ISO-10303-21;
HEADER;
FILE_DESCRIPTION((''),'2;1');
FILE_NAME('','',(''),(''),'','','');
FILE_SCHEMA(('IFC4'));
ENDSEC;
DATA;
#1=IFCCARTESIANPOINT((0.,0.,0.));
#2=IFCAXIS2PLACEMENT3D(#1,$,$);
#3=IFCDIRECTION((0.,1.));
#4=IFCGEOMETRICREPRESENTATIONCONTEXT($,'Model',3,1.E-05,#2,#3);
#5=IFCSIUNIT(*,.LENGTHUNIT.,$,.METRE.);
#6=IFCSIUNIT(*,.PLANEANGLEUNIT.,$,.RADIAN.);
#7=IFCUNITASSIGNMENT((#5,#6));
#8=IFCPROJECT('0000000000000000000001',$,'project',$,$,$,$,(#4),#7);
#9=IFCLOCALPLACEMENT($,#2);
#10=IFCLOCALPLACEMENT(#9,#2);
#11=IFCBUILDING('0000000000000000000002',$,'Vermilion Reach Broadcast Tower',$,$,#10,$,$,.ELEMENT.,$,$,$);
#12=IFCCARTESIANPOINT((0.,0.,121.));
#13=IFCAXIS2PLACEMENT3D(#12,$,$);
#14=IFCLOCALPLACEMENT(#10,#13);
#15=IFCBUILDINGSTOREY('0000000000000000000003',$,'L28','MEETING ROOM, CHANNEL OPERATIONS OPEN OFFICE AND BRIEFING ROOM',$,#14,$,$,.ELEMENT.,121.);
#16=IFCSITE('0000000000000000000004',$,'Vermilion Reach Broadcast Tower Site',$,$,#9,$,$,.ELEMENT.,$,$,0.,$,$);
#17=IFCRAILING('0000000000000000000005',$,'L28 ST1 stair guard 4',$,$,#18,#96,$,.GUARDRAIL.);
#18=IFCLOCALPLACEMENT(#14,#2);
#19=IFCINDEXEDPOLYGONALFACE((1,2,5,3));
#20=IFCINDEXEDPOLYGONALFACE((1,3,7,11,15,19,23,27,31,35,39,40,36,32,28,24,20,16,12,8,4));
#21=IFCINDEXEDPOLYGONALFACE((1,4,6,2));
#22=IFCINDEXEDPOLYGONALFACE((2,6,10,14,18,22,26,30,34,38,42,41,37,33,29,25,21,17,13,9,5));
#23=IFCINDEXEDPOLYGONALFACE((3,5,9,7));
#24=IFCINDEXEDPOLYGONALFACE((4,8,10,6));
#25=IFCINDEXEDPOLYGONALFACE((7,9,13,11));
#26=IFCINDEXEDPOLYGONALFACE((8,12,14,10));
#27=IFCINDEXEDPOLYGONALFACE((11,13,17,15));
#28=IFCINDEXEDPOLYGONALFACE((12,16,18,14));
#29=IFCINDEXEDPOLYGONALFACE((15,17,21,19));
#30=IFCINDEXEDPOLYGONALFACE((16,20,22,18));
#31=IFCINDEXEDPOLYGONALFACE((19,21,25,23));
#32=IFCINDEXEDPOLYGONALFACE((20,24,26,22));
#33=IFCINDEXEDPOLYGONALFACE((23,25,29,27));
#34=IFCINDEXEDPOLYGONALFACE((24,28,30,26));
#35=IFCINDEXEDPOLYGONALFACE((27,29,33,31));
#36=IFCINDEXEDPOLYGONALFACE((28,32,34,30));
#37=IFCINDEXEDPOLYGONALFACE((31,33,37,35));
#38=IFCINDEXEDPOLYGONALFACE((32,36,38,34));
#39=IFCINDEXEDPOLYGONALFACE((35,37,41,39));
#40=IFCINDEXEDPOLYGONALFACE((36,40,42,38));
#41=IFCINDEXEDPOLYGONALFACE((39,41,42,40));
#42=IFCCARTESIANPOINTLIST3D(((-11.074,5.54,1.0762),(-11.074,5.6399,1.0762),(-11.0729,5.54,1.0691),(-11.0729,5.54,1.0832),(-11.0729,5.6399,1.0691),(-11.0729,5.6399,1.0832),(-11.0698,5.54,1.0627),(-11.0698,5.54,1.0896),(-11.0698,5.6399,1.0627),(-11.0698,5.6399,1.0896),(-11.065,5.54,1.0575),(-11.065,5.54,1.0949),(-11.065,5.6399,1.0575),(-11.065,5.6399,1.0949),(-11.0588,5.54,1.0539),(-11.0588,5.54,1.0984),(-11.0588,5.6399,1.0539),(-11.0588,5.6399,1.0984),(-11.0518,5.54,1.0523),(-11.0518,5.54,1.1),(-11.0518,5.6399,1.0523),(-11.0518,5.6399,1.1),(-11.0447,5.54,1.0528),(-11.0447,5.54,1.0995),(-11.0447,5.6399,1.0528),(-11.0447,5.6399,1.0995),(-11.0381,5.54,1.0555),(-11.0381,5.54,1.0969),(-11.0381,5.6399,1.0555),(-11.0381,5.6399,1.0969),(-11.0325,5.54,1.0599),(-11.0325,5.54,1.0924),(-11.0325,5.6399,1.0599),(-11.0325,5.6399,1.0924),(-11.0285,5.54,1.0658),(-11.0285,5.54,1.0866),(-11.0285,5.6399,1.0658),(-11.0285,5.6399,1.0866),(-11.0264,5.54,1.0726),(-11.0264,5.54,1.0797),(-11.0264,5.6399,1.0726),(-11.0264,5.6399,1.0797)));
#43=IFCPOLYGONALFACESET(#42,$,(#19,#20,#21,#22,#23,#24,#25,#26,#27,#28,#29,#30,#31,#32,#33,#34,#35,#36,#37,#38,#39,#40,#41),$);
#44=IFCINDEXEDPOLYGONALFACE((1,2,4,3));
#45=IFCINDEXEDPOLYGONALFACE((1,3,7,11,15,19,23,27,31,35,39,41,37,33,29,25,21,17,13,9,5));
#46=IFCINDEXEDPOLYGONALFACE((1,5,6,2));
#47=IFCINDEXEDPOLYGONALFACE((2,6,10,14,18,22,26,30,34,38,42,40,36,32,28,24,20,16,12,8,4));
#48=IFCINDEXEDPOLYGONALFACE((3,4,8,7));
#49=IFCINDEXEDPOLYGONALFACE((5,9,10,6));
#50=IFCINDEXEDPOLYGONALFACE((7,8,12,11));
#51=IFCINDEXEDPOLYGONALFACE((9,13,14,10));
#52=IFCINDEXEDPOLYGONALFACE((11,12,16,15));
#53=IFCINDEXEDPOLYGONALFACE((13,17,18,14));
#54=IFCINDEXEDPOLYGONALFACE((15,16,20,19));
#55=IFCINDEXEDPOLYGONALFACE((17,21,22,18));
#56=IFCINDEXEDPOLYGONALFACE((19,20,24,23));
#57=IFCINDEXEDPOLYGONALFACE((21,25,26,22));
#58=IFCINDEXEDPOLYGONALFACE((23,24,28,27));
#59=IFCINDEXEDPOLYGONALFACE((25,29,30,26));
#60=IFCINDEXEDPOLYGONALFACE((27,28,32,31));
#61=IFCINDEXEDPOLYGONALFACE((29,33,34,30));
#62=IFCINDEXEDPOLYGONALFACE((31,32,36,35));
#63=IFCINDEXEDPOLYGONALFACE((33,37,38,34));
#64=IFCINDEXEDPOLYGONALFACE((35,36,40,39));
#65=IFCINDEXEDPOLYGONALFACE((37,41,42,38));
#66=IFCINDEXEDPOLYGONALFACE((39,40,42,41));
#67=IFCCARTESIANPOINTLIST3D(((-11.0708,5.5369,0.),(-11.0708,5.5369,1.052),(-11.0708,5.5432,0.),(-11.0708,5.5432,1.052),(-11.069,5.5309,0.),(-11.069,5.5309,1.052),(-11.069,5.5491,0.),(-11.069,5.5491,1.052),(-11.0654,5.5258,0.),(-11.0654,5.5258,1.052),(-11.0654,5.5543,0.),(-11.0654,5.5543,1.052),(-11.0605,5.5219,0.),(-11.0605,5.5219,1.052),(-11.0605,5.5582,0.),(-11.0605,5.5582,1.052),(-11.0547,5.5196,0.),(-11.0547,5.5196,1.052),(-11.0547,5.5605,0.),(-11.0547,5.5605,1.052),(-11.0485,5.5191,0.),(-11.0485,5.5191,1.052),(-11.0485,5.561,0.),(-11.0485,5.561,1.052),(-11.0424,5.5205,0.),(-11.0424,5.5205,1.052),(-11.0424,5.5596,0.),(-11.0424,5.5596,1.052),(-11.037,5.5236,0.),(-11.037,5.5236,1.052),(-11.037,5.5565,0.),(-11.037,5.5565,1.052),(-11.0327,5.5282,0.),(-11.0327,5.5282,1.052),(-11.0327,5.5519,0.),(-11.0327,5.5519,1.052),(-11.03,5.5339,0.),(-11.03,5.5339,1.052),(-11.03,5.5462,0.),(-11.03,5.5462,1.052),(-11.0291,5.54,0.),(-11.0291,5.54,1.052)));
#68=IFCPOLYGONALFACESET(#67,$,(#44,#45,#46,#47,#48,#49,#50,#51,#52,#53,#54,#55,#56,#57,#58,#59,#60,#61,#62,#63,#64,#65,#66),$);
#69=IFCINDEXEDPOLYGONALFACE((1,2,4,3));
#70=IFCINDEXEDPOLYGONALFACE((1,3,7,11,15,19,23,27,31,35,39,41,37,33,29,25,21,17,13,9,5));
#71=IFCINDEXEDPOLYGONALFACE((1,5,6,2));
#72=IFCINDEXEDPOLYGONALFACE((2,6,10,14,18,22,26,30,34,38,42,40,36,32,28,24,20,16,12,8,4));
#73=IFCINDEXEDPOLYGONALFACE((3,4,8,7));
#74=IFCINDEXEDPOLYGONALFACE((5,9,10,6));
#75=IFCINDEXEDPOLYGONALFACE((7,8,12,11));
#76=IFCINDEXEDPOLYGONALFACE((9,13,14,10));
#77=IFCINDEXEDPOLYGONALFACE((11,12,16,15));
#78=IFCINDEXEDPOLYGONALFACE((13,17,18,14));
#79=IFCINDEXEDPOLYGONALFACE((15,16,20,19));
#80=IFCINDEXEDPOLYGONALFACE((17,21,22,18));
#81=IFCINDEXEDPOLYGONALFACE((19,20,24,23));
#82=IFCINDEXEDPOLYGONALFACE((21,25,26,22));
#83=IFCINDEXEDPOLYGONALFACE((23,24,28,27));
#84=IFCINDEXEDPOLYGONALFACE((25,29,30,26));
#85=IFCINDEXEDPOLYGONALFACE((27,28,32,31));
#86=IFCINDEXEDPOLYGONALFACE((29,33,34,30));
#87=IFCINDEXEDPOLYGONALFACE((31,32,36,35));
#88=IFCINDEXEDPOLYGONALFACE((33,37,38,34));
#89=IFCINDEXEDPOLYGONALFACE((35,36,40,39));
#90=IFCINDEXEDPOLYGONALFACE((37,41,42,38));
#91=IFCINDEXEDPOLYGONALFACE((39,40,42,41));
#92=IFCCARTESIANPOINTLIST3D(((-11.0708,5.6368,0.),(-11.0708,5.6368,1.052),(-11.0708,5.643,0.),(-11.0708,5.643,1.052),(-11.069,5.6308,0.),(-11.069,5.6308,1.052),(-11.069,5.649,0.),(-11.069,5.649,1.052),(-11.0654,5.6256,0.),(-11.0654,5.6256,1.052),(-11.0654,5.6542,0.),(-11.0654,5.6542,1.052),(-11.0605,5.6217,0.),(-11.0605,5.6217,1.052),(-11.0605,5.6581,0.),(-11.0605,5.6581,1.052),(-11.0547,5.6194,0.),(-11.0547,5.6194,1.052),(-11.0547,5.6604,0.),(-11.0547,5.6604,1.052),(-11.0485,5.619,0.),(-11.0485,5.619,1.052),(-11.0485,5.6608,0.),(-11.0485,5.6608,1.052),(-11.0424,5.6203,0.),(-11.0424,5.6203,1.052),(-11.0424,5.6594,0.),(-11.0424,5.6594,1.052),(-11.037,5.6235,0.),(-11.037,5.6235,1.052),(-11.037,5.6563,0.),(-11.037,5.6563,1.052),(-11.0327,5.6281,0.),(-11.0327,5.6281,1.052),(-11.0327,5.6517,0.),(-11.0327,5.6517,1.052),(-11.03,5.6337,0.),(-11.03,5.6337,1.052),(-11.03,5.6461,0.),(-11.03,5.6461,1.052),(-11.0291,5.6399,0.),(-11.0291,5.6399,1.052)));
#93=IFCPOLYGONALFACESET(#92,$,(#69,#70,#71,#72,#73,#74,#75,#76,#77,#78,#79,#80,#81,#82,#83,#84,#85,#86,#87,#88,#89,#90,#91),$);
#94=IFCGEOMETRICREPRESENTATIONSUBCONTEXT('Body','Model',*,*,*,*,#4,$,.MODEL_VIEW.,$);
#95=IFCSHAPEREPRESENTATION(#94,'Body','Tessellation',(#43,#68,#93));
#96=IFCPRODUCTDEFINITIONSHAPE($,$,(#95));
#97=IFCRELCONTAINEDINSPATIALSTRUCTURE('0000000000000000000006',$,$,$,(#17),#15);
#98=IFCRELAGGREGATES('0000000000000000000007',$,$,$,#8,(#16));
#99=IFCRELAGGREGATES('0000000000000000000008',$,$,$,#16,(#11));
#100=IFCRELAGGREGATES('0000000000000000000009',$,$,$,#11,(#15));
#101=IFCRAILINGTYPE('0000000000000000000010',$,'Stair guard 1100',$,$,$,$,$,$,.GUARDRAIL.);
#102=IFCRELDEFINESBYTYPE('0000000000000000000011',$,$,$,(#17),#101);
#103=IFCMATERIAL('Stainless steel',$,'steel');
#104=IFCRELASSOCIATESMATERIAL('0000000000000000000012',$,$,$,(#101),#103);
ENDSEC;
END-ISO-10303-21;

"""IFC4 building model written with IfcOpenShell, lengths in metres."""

from ifc_helpers import new_model, si_unit, direction, frame, origin, origin_2d, place, context, subcontext, project, spatial, circle, extrude, material, type_object, element, save


model = new_model("IFC4")

# Units and contexts
model_context = context("Model", 3, precision=1e-05, world=origin(), true_north=direction((0.0, 1.0)))
body_context = subcontext(model_context, "Body", "Model", "MODEL_VIEW")
ifc_project = project(units=[si_unit("LENGTHUNIT", "METRE"), si_unit("PLANEANGLEUNIT", "RADIAN")], contexts=[model_context])

# Site, building, storey
site_placement = place(None, origin())
site = spatial("IfcSite", under=ifc_project, at=site_placement, Name="Vermilion Reach Broadcast Tower Site", CompositionType="ELEMENT", RefElevation=0.0)
building_placement = place(site_placement, origin())
building = spatial("IfcBuilding", under=site, at=building_placement, Name="Vermilion Reach Broadcast Tower", CompositionType="ELEMENT")
storey_placement = place(building_placement, frame((0.0, 0.0, 121.0)))
storey = spatial("IfcBuildingStorey", under=building, at=storey_placement, Name="L28", Description="MEETING ROOM, CHANNEL OPERATIONS OPEN OFFICE AND BRIEFING ROOM", CompositionType="ELEMENT", Elevation=121.0)

# Railing
ifc_material_1 = material(Name="Stainless steel", Category="steel")
railing_type_1 = type_object("IfcRailingType", Name="Stair guard 1100", PredefinedType="GUARDRAIL", material=ifc_material_1)
railing_1_placement = place(storey_placement, frame((-11.05, 5.54, 0.0)))
element("IfcRailing", 1, at=railing_1_placement, inside=storey, type_object=railing_type_1, Name="L28 ST1 stair guard 4", PredefinedType="GUARDRAIL", context=body_context, shape_type="SweptSolid", body=[
    extrude(circle(Radius=0.0239, at=origin_2d()), frame((0.0, 0.0, 1.0762), z_axis=(0.0, 1.0, 0.0), x_axis=(-1.0, 0.0, 0.0)), (0.0, 0.0, 1.0), 0.0999),
    extrude(circle(Radius=0.021, at=origin_2d()), origin(), (0.0, 0.0, 1.0), 1.052),
    extrude(circle(Radius=0.021, at=origin_2d()), frame((0.0, 0.0999, 0.0)), (0.0, 0.0, 1.0), 1.052),
])

save(model, "model.ifc")
